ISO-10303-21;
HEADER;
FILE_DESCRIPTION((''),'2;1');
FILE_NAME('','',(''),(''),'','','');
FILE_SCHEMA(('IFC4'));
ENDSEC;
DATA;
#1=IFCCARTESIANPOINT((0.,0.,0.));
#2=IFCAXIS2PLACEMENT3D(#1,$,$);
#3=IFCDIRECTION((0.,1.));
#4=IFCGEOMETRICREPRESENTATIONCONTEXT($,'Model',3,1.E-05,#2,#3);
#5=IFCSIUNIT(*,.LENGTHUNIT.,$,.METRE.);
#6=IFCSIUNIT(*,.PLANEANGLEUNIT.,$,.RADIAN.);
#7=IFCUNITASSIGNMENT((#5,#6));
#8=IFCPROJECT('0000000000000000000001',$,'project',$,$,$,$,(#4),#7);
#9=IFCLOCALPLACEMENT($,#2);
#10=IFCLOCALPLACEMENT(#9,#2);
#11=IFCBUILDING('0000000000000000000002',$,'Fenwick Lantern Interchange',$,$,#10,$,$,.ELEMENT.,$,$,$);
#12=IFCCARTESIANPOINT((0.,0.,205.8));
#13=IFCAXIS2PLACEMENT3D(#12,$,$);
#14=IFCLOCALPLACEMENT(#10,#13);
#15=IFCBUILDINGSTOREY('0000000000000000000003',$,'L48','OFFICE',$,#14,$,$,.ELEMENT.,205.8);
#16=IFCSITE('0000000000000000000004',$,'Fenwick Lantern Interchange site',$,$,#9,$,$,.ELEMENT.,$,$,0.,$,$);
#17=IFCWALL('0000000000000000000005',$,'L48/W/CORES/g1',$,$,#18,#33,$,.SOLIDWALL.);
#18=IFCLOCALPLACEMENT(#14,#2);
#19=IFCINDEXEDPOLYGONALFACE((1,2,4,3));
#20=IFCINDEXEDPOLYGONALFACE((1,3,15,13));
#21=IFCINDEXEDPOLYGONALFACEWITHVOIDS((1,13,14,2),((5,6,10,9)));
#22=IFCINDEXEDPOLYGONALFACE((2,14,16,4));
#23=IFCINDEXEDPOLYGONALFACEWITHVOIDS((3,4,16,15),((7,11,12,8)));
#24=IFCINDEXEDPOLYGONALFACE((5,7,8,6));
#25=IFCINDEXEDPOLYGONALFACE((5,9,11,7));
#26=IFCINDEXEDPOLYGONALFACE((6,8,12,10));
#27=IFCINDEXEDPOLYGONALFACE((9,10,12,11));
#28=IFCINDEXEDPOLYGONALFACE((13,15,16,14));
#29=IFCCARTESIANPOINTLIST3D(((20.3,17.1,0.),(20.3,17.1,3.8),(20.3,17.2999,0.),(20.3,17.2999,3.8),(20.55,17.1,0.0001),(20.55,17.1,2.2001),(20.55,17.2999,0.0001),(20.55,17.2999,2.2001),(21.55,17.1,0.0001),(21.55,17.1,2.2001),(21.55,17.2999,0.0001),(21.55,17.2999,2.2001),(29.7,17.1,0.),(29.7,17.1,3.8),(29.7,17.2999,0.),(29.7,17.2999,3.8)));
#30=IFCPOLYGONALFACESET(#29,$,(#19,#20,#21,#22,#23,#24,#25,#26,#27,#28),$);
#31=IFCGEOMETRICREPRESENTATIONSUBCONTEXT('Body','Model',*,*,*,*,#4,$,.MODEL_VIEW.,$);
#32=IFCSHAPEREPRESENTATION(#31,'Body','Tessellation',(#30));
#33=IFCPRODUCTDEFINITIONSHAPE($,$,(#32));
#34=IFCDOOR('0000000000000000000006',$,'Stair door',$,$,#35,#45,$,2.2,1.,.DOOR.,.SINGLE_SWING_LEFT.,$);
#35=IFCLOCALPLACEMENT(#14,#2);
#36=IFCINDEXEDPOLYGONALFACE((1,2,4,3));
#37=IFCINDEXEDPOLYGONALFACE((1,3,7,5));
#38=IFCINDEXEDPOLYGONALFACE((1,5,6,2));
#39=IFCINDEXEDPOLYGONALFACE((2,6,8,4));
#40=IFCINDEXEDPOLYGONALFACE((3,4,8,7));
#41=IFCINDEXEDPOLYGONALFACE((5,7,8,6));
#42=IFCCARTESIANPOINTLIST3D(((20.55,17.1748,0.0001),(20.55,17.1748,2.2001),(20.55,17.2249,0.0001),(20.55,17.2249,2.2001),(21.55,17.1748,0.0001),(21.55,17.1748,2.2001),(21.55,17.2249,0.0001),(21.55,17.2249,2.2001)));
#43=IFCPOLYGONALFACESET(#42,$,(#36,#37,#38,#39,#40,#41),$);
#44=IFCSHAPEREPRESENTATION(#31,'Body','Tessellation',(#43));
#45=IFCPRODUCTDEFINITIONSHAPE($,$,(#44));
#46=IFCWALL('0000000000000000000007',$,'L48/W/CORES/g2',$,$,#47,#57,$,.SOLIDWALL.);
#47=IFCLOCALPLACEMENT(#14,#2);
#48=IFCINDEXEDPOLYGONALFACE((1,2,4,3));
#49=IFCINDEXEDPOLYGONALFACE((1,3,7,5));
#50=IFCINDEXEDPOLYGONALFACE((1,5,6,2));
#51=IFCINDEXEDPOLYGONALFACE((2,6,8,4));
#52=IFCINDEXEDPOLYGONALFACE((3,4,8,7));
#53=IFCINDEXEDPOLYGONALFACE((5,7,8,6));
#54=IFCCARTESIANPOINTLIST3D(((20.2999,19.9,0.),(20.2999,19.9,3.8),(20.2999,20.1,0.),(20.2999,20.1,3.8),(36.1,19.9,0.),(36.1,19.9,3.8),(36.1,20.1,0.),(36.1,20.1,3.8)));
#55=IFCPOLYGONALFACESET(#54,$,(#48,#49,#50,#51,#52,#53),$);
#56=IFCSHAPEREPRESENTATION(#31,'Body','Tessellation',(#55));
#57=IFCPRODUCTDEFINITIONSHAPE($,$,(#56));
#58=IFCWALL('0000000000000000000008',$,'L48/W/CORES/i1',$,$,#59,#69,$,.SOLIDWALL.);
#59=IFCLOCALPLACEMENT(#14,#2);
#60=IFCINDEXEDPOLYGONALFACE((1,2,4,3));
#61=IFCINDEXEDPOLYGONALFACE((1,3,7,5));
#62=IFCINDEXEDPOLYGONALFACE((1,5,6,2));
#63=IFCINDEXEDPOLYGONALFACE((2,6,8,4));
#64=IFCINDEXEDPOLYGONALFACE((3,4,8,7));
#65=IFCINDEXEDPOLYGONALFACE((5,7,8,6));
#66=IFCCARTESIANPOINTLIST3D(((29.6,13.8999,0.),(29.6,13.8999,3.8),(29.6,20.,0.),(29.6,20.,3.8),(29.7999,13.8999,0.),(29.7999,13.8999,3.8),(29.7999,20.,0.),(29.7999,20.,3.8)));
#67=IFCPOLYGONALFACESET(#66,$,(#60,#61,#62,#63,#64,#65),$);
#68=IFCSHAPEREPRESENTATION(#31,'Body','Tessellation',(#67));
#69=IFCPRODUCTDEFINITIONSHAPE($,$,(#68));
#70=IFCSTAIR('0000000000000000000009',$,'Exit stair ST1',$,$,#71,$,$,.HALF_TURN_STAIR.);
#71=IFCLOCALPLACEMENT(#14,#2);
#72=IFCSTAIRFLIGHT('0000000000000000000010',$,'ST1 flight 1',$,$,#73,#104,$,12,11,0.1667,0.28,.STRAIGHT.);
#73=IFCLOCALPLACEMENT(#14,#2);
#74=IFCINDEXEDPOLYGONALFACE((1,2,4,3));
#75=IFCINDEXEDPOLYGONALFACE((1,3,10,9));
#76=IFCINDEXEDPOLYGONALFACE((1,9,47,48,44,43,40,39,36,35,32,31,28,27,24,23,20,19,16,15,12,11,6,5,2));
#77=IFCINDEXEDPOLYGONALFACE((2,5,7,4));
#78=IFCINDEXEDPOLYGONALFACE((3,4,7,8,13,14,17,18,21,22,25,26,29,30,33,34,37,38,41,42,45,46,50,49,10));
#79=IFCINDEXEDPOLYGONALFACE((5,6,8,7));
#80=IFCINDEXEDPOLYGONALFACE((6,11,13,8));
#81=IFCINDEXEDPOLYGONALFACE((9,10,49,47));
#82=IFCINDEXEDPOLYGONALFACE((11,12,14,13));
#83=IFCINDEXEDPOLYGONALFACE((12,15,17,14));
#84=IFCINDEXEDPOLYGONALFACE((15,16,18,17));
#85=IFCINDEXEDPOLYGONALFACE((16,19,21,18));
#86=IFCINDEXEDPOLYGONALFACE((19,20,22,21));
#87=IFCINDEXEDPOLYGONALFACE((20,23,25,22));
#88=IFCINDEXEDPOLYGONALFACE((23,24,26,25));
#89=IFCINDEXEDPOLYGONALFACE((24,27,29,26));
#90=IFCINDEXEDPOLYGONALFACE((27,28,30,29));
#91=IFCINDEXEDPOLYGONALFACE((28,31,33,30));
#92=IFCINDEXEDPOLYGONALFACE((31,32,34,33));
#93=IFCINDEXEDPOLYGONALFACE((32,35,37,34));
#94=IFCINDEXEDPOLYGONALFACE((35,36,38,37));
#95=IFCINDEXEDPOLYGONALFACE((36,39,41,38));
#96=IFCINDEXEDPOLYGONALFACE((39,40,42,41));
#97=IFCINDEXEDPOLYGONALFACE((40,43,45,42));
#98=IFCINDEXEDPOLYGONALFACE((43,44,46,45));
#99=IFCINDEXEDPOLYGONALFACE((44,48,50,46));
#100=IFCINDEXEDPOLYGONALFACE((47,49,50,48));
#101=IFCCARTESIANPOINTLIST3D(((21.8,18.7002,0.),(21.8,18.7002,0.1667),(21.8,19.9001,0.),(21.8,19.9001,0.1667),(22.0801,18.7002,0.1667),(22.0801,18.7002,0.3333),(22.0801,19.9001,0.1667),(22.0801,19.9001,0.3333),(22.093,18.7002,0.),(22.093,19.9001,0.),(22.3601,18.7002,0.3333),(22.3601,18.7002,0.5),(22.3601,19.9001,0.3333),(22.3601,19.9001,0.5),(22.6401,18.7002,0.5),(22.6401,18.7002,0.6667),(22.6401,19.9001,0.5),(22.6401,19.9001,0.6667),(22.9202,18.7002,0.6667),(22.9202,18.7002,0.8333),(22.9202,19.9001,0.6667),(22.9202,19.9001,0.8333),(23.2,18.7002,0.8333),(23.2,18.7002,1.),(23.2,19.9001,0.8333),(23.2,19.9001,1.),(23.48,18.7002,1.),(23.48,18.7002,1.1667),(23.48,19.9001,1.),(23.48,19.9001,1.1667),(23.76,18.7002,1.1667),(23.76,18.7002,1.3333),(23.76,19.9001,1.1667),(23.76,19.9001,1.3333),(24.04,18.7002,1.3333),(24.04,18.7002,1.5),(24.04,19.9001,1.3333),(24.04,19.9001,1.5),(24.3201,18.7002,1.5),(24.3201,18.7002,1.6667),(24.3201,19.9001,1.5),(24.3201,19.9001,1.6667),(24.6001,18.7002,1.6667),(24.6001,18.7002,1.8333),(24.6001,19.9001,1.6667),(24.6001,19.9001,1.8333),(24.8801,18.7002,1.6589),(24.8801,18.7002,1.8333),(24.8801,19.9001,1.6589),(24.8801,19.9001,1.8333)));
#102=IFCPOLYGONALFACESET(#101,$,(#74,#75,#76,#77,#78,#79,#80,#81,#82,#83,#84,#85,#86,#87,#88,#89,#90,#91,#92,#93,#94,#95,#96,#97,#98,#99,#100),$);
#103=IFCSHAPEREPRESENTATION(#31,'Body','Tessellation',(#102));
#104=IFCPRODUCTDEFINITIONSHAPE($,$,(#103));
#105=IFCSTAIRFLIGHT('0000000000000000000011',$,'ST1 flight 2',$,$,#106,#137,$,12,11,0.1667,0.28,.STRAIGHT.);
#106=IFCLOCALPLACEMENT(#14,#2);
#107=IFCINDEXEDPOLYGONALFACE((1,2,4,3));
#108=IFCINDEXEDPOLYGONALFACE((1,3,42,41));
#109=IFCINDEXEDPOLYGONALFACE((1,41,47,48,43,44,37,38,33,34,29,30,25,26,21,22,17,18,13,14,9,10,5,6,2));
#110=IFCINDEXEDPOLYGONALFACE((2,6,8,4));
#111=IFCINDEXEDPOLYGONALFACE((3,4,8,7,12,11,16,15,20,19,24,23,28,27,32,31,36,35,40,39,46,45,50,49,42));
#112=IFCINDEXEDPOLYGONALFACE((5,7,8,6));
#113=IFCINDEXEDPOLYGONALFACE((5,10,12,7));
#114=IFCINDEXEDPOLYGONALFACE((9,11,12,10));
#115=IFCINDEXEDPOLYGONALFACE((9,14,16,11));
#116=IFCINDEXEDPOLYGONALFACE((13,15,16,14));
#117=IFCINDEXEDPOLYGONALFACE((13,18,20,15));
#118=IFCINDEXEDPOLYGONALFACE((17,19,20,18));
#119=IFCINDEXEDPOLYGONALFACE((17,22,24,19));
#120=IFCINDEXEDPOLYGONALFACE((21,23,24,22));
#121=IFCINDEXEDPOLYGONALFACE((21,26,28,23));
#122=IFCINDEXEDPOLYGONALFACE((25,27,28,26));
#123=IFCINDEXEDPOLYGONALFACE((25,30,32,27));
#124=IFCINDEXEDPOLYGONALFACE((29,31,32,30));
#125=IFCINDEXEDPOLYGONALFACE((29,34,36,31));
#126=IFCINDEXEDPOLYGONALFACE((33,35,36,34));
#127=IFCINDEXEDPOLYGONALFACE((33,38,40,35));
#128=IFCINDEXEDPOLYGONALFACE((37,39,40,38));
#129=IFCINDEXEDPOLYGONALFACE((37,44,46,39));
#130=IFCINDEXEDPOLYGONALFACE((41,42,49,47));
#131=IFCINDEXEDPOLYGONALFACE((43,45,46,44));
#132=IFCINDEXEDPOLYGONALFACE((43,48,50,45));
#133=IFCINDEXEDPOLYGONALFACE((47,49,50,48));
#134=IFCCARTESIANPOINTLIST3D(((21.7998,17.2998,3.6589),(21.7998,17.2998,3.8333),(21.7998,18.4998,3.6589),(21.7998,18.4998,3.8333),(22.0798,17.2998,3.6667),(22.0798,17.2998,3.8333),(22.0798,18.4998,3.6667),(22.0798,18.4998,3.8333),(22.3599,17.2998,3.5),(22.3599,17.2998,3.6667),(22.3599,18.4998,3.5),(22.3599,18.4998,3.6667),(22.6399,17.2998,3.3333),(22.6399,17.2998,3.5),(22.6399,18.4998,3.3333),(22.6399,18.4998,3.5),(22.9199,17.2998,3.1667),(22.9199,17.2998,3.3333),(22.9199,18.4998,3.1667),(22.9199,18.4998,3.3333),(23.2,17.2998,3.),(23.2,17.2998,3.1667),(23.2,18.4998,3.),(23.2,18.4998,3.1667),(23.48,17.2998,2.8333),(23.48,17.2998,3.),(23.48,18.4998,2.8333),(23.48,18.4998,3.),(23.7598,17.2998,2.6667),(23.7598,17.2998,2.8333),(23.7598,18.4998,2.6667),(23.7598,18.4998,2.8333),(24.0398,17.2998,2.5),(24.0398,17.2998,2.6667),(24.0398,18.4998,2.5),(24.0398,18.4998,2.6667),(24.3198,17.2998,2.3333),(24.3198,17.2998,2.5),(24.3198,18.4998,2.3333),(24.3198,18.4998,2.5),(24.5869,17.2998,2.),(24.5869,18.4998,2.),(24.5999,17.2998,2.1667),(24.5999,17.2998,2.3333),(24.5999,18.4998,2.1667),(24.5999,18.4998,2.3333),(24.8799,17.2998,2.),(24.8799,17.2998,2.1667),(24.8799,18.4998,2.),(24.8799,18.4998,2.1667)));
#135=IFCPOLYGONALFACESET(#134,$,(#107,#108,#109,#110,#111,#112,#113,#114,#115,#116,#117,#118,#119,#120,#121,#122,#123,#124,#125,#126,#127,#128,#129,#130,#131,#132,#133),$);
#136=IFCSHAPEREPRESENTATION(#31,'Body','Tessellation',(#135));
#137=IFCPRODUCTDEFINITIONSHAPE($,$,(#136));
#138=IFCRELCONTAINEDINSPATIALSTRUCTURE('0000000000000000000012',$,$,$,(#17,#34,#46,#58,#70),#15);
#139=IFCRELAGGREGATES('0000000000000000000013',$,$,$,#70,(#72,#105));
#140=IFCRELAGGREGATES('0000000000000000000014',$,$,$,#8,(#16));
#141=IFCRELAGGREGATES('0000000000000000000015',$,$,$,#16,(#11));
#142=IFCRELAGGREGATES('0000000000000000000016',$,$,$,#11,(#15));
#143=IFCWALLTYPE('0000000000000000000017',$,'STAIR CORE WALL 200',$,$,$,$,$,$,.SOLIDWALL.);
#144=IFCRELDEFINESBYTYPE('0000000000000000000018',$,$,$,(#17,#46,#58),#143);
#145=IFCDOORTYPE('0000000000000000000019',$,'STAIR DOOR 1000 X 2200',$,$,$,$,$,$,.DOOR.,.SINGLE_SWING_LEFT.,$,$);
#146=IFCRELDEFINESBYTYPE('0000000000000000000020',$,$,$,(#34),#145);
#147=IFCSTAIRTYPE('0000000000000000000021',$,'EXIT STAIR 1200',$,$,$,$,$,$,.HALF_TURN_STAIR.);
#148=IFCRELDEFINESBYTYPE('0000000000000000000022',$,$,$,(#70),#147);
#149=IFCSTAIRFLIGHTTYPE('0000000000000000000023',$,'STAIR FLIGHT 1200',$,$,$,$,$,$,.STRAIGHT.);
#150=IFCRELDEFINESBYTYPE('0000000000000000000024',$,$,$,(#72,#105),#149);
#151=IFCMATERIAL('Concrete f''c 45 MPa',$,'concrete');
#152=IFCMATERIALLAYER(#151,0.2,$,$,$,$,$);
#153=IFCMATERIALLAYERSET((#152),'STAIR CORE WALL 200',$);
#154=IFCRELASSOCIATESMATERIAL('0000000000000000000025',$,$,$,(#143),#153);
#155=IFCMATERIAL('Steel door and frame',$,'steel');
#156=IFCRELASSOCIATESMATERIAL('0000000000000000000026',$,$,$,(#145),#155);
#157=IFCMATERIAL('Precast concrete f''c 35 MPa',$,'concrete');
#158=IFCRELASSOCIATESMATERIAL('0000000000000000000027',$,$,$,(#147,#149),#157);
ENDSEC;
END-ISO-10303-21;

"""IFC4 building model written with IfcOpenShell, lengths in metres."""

from ifc_helpers import new_model, si_unit, direction, frame, frame_2d, origin, place, context, subcontext, project, spatial, polyline, rectangle, outline, extrude, material, layer, layer_set, type_object, element, fill, aggregate, save


model = new_model("IFC4")

# Units and contexts
model_context = context("Model", 3, precision=1e-05, world=origin(), true_north=direction((0.0, 1.0)))
body_context = subcontext(model_context, "Body", "Model", "MODEL_VIEW")
ifc_project = project(units=[si_unit("LENGTHUNIT", "METRE"), si_unit("PLANEANGLEUNIT", "RADIAN")], contexts=[model_context])

# Site, building, storey
site_placement = place(None, origin())
site = spatial("IfcSite", under=ifc_project, at=site_placement, Name="Fenwick Lantern Interchange site", CompositionType="ELEMENT", RefElevation=0.0)
building_placement = place(site_placement, origin())
building = spatial("IfcBuilding", under=site, at=building_placement, Name="Fenwick Lantern Interchange", CompositionType="ELEMENT")
storey_placement = place(building_placement, frame((0.0, 0.0, 205.8)))
storey = spatial("IfcBuildingStorey", under=building, at=storey_placement, Name="L48", Description="OFFICE", CompositionType="ELEMENT", Elevation=205.8)

# Shared definitions
ifc_material_1 = material(Name="Steel door and frame", Category="steel")

# Wall, opening, door
ifc_material_2 = material(Name="Concrete f'c 45 MPa", Category="concrete")
ifc_layer_1 = layer(ifc_material_2, 0.2)
ifc_layer_set_1 = layer_set([ifc_layer_1], Name="STAIR CORE WALL 200")
wall_type_1 = type_object("IfcWallType", Name="STAIR CORE WALL 200", PredefinedType="SOLIDWALL", material=ifc_layer_set_1)
wall_1_placement = place(storey_placement, frame((20.3, 17.2, 0.0), z_axis=(0.0, 0.0, 1.0), x_axis=(1.0, 0.0, 0.0)))
wall_1 = element("IfcWall", 1, at=wall_1_placement, inside=storey, type_object=wall_type_1, Name="L48/W/CORES/g1", PredefinedType="SOLIDWALL", context=body_context, shape_type="SweptSolid", body=[
    extrude(rectangle(XDim=9.3999, YDim=0.2, at=frame_2d((4.7, 0.0))), origin(), (0.0, 0.0, 1.0), 3.8),
])
opening_1_placement = place(wall_1_placement, frame((0.25, 0.0, 0.0)))
opening_1 = element("IfcOpeningElement", 2, at=opening_1_placement, cuts=wall_1, PredefinedType="OPENING", context=body_context, shape_type="SweptSolid", body=[
    extrude(rectangle(XDim=1.0, YDim=2.2, at=frame_2d((0.5, 1.1001))), frame((0.0, 0.1099, 0.0), z_axis=(0.0, -1.0, 0.0), x_axis=(1.0, 0.0, 0.0)), (0.0, 0.0, 1.0), 0.22),
])
door_type_1 = type_object("IfcDoorType", Name="STAIR DOOR 1000 X 2200", OperationType="SINGLE_SWING_LEFT", PredefinedType="DOOR", material=ifc_material_1)
door_1_placement = place(opening_1_placement, origin())
door_1 = element("IfcDoor", 3, at=door_1_placement, inside=storey, type_object=door_type_1, Name="Stair door", OperationType="SINGLE_SWING_LEFT", OverallHeight=2.2, OverallWidth=1.0, PredefinedType="DOOR", context=body_context, shape_type="SweptSolid", body=[
    extrude(rectangle(XDim=1.0, YDim=2.2, at=frame_2d((0.5, 1.1001))), frame((0.0, 0.0249, 0.0), z_axis=(0.0, -1.0, 0.0), x_axis=(1.0, 0.0, 0.0)), (0.0, 0.0, 1.0), 0.05),
])
fill(opening_1, door_1)

# Walls
wall_2_placement = place(storey_placement, frame((20.3, 20.0, 0.0), z_axis=(0.0, 0.0, 1.0), x_axis=(1.0, 0.0, 0.0)))
element("IfcWall", 4, at=wall_2_placement, inside=storey, type_object=wall_type_1, Name="L48/W/CORES/g2", PredefinedType="SOLIDWALL", context=body_context, shape_type="SweptSolid", body=[
    extrude(rectangle(XDim=15.8, YDim=0.2, at=frame_2d((7.8999, 0.0))), origin(), (0.0, 0.0, 1.0), 3.8),
])
wall_3_placement = place(storey_placement, frame((29.7, 13.8999, 0.0), z_axis=(0.0, 0.0, 1.0), x_axis=(0.0, 1.0, 0.0)))
element("IfcWall", 5, at=wall_3_placement, inside=storey, type_object=wall_type_1, Name="L48/W/CORES/i1", PredefinedType="SOLIDWALL", context=body_context, shape_type="SweptSolid", body=[
    extrude(rectangle(XDim=6.1001, YDim=0.2, at=frame_2d((3.05, 0.0))), origin(), (0.0, 0.0, 1.0), 3.8),
])

# Stair, stair flights
ifc_material_3 = material(Name="Precast concrete f'c 35 MPa", Category="concrete")
stair_type = type_object("IfcStairType", Name="EXIT STAIR 1200", PredefinedType="HALF_TURN_STAIR", material=ifc_material_3)
stair_placement = place(storey_placement, origin())
stair = element("IfcStair", 6, at=stair_placement, inside=storey, type_object=stair_type, Name="Exit stair ST1", PredefinedType="HALF_TURN_STAIR")
stair_flight_type = type_object("IfcStairFlightType", Name="STAIR FLIGHT 1200", PredefinedType="STRAIGHT", material=ifc_material_3)
stair_flight_1_placement = place(storey_placement, frame((21.8, 19.3, 0.0), z_axis=(0.0, 0.0, 1.0), x_axis=(1.0, 0.0, 0.0)))
stair_flight_1 = element("IfcStairFlight", 7, at=stair_flight_1_placement, type_object=stair_flight_type, Name="ST1 flight 1", NumberOfRisers=12, NumberOfTreads=11, PredefinedType="STRAIGHT", RiserHeight=0.1667, TreadLength=0.28, context=body_context, shape_type="SweptSolid", body=[
    extrude(outline(polyline([(0.0, 0.0), (0.0, 0.1667), (0.28, 0.1667), (0.28, 0.3333), (0.5601, 0.3333), (0.5601, 0.5), (0.8401, 0.5), (0.8401, 0.6667), (1.1201, 0.6667), (1.1201, 0.8333), (1.3999, 0.8333), (1.3999, 1.0), (1.6799, 1.0), (1.6799, 1.1667), (1.96, 1.1667), (1.96, 1.3333), (2.24, 1.3333), (2.24, 1.5), (2.52, 1.5), (2.52, 1.6667), (2.8, 1.6667), (2.8, 1.8333), (3.0801, 1.8333), (3.0801, 2.0), (3.0801, 1.6589), (0.293, 0.0), (0.0, 0.0)])), frame((0.0, 0.6001, 0.0), z_axis=(0.0, -1.0, 0.0), x_axis=(1.0, 0.0, 0.0)), (0.0, 0.0, 1.0), 1.2),
])
stair_flight_2_placement = place(storey_placement, frame((24.8799, 17.8999, 2.0), z_axis=(0.0, 0.0, 1.0), x_axis=(-1.0, 0.0, 0.0)))
stair_flight_2 = element("IfcStairFlight", 8, at=stair_flight_2_placement, type_object=stair_flight_type, Name="ST1 flight 2", NumberOfRisers=12, NumberOfTreads=11, PredefinedType="STRAIGHT", RiserHeight=0.1667, TreadLength=0.28, context=body_context, shape_type="SweptSolid", body=[
    extrude(outline(polyline([(0.0, 0.0), (0.0, 0.1667), (0.28, 0.1667), (0.28, 0.3333), (0.5601, 0.3333), (0.5601, 0.5), (0.8401, 0.5), (0.8401, 0.6667), (1.1201, 0.6667), (1.1201, 0.8333), (1.3999, 0.8333), (1.3999, 1.0), (1.6799, 1.0), (1.6799, 1.1667), (1.96, 1.1667), (1.96, 1.3333), (2.24, 1.3333), (2.24, 1.5), (2.52, 1.5), (2.52, 1.6667), (2.8, 1.6667), (2.8, 1.8333), (3.0801, 1.8333), (3.0801, 2.0), (3.0801, 1.6589), (0.293, 0.0), (0.0, 0.0)])), frame((0.0, 0.6001, 0.0), z_axis=(0.0, -1.0, 0.0), x_axis=(1.0, 0.0, 0.0)), (0.0, 0.0, 1.0), 1.2),
])
aggregate(stair, [stair_flight_1, stair_flight_2])

save(model, "model.ifc")
